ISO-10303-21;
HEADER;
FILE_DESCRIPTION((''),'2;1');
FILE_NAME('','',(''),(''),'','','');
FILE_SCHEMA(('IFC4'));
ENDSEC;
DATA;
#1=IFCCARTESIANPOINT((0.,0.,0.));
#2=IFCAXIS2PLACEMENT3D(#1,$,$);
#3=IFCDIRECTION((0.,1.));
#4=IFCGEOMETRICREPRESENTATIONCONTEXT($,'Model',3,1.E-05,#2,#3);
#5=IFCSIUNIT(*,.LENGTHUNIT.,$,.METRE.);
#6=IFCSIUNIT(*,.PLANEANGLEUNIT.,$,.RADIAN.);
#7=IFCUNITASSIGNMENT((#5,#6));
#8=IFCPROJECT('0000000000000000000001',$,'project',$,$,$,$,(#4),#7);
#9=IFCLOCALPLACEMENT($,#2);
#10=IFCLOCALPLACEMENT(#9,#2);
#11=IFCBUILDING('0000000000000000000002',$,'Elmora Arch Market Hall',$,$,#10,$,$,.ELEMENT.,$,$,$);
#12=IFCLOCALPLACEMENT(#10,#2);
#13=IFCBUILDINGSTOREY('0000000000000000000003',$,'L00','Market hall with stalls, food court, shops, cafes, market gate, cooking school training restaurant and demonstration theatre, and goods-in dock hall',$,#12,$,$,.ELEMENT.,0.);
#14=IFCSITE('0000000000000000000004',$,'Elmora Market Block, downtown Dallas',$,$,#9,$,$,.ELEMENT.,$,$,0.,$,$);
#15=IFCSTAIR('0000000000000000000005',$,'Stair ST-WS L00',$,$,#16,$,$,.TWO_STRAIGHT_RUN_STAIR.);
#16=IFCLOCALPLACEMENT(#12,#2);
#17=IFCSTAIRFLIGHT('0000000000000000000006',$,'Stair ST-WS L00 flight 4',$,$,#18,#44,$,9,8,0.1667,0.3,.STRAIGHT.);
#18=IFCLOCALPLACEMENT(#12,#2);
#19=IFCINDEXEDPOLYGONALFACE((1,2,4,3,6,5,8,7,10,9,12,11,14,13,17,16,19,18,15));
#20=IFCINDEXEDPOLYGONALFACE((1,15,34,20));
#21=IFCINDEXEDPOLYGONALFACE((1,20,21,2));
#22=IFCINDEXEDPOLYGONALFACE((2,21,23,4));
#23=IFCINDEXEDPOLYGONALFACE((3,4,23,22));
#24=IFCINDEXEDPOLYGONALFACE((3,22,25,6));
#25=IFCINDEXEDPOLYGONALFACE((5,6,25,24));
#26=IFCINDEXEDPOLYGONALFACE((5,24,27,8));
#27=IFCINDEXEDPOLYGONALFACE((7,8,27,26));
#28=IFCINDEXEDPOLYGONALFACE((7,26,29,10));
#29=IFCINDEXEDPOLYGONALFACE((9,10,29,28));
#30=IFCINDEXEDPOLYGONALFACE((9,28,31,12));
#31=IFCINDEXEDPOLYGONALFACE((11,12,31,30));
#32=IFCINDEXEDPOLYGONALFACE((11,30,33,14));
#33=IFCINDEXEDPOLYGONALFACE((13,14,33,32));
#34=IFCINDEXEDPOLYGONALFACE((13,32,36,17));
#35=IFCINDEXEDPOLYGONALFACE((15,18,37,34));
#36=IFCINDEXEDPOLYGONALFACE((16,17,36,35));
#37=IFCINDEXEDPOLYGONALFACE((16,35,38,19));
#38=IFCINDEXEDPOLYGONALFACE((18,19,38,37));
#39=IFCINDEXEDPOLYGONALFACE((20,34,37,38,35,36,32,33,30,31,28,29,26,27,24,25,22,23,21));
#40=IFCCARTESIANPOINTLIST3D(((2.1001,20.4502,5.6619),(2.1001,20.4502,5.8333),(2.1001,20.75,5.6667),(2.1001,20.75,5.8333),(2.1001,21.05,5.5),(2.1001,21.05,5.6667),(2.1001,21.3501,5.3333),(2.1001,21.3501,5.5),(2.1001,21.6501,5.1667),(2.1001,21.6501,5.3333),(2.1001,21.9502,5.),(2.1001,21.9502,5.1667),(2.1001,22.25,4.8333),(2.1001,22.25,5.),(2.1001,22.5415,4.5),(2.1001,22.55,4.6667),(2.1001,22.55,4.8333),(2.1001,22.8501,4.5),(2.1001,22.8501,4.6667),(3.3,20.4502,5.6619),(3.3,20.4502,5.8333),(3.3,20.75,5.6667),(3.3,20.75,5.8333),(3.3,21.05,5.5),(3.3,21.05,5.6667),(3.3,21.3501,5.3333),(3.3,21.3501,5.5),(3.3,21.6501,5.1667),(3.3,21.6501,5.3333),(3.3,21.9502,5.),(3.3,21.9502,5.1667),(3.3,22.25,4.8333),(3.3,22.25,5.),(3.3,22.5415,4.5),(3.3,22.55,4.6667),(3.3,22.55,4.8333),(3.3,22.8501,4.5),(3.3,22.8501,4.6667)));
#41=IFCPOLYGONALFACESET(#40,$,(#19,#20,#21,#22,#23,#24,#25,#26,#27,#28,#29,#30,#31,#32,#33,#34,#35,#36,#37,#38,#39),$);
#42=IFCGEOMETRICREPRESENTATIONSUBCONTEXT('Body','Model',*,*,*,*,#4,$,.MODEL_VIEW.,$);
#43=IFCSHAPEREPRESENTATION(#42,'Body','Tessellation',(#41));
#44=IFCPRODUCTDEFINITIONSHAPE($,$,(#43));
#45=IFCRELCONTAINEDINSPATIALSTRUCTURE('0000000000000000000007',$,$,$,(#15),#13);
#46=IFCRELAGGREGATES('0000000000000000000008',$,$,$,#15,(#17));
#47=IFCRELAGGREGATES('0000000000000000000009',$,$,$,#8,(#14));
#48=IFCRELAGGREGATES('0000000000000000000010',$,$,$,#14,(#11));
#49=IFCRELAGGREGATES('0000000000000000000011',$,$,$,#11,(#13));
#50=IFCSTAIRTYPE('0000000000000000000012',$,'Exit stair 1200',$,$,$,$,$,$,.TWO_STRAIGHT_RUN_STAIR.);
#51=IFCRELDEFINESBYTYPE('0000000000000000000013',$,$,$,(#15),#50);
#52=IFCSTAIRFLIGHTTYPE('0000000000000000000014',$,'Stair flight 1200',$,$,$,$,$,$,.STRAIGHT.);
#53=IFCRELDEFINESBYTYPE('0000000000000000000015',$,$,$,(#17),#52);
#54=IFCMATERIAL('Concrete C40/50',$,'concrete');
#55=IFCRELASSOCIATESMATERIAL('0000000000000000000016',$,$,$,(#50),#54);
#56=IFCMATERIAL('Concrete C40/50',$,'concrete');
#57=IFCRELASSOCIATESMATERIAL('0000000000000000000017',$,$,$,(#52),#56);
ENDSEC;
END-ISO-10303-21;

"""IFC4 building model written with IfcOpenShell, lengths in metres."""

from ifc_helpers import new_model, si_unit, direction, frame, origin, place, context, subcontext, project, spatial, polyline, outline, extrude, material, type_object, element, aggregate, save


model = new_model("IFC4")

# Units and contexts
model_context = context("Model", 3, precision=1e-05, world=origin(), true_north=direction((0.0, 1.0)))
body_context = subcontext(model_context, "Body", "Model", "MODEL_VIEW")
ifc_project = project(units=[si_unit("LENGTHUNIT", "METRE"), si_unit("PLANEANGLEUNIT", "RADIAN")], contexts=[model_context])

# Site, building, storey
site_placement = place(None, origin())
site = spatial("IfcSite", under=ifc_project, at=site_placement, Name="Elmora Market Block, downtown Dallas", CompositionType="ELEMENT", RefElevation=0.0)
building_placement = place(site_placement, origin())
building = spatial("IfcBuilding", under=site, at=building_placement, Name="Elmora Arch Market Hall", CompositionType="ELEMENT")
storey_placement = place(building_placement, origin())
storey = spatial("IfcBuildingStorey", under=building, at=storey_placement, Name="L00", Description="Market hall with stalls, food court, shops, cafes, market gate, cooking school training restaurant and demonstration theatre, and goods-in dock hall", CompositionType="ELEMENT", Elevation=0.0)

# Stair, stair flight
ifc_material_1 = material(Name="Concrete C40/50", Category="concrete")
stair_type = type_object("IfcStairType", Name="Exit stair 1200", PredefinedType="TWO_STRAIGHT_RUN_STAIR", material=ifc_material_1)
stair_placement = place(storey_placement, origin())
stair = element("IfcStair", 1, at=stair_placement, inside=storey, type_object=stair_type, Name="Stair ST-WS L00", PredefinedType="TWO_STRAIGHT_RUN_STAIR")
ifc_material_2 = material(Name="Concrete C40/50", Category="concrete")
stair_flight_type = type_object("IfcStairFlightType", Name="Stair flight 1200", PredefinedType="STRAIGHT", material=ifc_material_2)
stair_flight_1_placement = place(storey_placement, frame((2.7, 22.8501, 4.5), z_axis=(0.0, 0.0, 1.0), x_axis=(0.0, -1.0, 0.0)))
stair_flight_1 = element("IfcStairFlight", 2, at=stair_flight_1_placement, type_object=stair_flight_type, Name="Stair ST-WS L00 flight 4", NumberOfRisers=9, NumberOfTreads=8, PredefinedType="STRAIGHT", RiserHeight=0.1667, TreadLength=0.3, context=body_context, shape_type="SweptSolid", body=[
    extrude(outline(polyline([(0.0, 0.0), (0.0, 0.1667), (0.3, 0.1667), (0.3, 0.3333), (0.6001, 0.3333), (0.6001, 0.5), (0.8999, 0.5), (0.8999, 0.6667), (1.2, 0.6667), (1.2, 0.8333), (1.5, 0.8333), (1.5, 1.0), (1.8, 1.0), (1.8, 1.1667), (2.1001, 1.1667), (2.1001, 1.3333), (2.3999, 1.3333), (2.3999, 1.5), (2.3999, 1.1619), (0.3086, 0.0), (0.0, 0.0)])), frame((0.0, 0.6001, 0.0), z_axis=(0.0, -1.0, 0.0), x_axis=(1.0, 0.0, 0.0)), (0.0, 0.0, 1.0), 1.2),
])
aggregate(stair, [stair_flight_1])

save(model, "model.ifc")
